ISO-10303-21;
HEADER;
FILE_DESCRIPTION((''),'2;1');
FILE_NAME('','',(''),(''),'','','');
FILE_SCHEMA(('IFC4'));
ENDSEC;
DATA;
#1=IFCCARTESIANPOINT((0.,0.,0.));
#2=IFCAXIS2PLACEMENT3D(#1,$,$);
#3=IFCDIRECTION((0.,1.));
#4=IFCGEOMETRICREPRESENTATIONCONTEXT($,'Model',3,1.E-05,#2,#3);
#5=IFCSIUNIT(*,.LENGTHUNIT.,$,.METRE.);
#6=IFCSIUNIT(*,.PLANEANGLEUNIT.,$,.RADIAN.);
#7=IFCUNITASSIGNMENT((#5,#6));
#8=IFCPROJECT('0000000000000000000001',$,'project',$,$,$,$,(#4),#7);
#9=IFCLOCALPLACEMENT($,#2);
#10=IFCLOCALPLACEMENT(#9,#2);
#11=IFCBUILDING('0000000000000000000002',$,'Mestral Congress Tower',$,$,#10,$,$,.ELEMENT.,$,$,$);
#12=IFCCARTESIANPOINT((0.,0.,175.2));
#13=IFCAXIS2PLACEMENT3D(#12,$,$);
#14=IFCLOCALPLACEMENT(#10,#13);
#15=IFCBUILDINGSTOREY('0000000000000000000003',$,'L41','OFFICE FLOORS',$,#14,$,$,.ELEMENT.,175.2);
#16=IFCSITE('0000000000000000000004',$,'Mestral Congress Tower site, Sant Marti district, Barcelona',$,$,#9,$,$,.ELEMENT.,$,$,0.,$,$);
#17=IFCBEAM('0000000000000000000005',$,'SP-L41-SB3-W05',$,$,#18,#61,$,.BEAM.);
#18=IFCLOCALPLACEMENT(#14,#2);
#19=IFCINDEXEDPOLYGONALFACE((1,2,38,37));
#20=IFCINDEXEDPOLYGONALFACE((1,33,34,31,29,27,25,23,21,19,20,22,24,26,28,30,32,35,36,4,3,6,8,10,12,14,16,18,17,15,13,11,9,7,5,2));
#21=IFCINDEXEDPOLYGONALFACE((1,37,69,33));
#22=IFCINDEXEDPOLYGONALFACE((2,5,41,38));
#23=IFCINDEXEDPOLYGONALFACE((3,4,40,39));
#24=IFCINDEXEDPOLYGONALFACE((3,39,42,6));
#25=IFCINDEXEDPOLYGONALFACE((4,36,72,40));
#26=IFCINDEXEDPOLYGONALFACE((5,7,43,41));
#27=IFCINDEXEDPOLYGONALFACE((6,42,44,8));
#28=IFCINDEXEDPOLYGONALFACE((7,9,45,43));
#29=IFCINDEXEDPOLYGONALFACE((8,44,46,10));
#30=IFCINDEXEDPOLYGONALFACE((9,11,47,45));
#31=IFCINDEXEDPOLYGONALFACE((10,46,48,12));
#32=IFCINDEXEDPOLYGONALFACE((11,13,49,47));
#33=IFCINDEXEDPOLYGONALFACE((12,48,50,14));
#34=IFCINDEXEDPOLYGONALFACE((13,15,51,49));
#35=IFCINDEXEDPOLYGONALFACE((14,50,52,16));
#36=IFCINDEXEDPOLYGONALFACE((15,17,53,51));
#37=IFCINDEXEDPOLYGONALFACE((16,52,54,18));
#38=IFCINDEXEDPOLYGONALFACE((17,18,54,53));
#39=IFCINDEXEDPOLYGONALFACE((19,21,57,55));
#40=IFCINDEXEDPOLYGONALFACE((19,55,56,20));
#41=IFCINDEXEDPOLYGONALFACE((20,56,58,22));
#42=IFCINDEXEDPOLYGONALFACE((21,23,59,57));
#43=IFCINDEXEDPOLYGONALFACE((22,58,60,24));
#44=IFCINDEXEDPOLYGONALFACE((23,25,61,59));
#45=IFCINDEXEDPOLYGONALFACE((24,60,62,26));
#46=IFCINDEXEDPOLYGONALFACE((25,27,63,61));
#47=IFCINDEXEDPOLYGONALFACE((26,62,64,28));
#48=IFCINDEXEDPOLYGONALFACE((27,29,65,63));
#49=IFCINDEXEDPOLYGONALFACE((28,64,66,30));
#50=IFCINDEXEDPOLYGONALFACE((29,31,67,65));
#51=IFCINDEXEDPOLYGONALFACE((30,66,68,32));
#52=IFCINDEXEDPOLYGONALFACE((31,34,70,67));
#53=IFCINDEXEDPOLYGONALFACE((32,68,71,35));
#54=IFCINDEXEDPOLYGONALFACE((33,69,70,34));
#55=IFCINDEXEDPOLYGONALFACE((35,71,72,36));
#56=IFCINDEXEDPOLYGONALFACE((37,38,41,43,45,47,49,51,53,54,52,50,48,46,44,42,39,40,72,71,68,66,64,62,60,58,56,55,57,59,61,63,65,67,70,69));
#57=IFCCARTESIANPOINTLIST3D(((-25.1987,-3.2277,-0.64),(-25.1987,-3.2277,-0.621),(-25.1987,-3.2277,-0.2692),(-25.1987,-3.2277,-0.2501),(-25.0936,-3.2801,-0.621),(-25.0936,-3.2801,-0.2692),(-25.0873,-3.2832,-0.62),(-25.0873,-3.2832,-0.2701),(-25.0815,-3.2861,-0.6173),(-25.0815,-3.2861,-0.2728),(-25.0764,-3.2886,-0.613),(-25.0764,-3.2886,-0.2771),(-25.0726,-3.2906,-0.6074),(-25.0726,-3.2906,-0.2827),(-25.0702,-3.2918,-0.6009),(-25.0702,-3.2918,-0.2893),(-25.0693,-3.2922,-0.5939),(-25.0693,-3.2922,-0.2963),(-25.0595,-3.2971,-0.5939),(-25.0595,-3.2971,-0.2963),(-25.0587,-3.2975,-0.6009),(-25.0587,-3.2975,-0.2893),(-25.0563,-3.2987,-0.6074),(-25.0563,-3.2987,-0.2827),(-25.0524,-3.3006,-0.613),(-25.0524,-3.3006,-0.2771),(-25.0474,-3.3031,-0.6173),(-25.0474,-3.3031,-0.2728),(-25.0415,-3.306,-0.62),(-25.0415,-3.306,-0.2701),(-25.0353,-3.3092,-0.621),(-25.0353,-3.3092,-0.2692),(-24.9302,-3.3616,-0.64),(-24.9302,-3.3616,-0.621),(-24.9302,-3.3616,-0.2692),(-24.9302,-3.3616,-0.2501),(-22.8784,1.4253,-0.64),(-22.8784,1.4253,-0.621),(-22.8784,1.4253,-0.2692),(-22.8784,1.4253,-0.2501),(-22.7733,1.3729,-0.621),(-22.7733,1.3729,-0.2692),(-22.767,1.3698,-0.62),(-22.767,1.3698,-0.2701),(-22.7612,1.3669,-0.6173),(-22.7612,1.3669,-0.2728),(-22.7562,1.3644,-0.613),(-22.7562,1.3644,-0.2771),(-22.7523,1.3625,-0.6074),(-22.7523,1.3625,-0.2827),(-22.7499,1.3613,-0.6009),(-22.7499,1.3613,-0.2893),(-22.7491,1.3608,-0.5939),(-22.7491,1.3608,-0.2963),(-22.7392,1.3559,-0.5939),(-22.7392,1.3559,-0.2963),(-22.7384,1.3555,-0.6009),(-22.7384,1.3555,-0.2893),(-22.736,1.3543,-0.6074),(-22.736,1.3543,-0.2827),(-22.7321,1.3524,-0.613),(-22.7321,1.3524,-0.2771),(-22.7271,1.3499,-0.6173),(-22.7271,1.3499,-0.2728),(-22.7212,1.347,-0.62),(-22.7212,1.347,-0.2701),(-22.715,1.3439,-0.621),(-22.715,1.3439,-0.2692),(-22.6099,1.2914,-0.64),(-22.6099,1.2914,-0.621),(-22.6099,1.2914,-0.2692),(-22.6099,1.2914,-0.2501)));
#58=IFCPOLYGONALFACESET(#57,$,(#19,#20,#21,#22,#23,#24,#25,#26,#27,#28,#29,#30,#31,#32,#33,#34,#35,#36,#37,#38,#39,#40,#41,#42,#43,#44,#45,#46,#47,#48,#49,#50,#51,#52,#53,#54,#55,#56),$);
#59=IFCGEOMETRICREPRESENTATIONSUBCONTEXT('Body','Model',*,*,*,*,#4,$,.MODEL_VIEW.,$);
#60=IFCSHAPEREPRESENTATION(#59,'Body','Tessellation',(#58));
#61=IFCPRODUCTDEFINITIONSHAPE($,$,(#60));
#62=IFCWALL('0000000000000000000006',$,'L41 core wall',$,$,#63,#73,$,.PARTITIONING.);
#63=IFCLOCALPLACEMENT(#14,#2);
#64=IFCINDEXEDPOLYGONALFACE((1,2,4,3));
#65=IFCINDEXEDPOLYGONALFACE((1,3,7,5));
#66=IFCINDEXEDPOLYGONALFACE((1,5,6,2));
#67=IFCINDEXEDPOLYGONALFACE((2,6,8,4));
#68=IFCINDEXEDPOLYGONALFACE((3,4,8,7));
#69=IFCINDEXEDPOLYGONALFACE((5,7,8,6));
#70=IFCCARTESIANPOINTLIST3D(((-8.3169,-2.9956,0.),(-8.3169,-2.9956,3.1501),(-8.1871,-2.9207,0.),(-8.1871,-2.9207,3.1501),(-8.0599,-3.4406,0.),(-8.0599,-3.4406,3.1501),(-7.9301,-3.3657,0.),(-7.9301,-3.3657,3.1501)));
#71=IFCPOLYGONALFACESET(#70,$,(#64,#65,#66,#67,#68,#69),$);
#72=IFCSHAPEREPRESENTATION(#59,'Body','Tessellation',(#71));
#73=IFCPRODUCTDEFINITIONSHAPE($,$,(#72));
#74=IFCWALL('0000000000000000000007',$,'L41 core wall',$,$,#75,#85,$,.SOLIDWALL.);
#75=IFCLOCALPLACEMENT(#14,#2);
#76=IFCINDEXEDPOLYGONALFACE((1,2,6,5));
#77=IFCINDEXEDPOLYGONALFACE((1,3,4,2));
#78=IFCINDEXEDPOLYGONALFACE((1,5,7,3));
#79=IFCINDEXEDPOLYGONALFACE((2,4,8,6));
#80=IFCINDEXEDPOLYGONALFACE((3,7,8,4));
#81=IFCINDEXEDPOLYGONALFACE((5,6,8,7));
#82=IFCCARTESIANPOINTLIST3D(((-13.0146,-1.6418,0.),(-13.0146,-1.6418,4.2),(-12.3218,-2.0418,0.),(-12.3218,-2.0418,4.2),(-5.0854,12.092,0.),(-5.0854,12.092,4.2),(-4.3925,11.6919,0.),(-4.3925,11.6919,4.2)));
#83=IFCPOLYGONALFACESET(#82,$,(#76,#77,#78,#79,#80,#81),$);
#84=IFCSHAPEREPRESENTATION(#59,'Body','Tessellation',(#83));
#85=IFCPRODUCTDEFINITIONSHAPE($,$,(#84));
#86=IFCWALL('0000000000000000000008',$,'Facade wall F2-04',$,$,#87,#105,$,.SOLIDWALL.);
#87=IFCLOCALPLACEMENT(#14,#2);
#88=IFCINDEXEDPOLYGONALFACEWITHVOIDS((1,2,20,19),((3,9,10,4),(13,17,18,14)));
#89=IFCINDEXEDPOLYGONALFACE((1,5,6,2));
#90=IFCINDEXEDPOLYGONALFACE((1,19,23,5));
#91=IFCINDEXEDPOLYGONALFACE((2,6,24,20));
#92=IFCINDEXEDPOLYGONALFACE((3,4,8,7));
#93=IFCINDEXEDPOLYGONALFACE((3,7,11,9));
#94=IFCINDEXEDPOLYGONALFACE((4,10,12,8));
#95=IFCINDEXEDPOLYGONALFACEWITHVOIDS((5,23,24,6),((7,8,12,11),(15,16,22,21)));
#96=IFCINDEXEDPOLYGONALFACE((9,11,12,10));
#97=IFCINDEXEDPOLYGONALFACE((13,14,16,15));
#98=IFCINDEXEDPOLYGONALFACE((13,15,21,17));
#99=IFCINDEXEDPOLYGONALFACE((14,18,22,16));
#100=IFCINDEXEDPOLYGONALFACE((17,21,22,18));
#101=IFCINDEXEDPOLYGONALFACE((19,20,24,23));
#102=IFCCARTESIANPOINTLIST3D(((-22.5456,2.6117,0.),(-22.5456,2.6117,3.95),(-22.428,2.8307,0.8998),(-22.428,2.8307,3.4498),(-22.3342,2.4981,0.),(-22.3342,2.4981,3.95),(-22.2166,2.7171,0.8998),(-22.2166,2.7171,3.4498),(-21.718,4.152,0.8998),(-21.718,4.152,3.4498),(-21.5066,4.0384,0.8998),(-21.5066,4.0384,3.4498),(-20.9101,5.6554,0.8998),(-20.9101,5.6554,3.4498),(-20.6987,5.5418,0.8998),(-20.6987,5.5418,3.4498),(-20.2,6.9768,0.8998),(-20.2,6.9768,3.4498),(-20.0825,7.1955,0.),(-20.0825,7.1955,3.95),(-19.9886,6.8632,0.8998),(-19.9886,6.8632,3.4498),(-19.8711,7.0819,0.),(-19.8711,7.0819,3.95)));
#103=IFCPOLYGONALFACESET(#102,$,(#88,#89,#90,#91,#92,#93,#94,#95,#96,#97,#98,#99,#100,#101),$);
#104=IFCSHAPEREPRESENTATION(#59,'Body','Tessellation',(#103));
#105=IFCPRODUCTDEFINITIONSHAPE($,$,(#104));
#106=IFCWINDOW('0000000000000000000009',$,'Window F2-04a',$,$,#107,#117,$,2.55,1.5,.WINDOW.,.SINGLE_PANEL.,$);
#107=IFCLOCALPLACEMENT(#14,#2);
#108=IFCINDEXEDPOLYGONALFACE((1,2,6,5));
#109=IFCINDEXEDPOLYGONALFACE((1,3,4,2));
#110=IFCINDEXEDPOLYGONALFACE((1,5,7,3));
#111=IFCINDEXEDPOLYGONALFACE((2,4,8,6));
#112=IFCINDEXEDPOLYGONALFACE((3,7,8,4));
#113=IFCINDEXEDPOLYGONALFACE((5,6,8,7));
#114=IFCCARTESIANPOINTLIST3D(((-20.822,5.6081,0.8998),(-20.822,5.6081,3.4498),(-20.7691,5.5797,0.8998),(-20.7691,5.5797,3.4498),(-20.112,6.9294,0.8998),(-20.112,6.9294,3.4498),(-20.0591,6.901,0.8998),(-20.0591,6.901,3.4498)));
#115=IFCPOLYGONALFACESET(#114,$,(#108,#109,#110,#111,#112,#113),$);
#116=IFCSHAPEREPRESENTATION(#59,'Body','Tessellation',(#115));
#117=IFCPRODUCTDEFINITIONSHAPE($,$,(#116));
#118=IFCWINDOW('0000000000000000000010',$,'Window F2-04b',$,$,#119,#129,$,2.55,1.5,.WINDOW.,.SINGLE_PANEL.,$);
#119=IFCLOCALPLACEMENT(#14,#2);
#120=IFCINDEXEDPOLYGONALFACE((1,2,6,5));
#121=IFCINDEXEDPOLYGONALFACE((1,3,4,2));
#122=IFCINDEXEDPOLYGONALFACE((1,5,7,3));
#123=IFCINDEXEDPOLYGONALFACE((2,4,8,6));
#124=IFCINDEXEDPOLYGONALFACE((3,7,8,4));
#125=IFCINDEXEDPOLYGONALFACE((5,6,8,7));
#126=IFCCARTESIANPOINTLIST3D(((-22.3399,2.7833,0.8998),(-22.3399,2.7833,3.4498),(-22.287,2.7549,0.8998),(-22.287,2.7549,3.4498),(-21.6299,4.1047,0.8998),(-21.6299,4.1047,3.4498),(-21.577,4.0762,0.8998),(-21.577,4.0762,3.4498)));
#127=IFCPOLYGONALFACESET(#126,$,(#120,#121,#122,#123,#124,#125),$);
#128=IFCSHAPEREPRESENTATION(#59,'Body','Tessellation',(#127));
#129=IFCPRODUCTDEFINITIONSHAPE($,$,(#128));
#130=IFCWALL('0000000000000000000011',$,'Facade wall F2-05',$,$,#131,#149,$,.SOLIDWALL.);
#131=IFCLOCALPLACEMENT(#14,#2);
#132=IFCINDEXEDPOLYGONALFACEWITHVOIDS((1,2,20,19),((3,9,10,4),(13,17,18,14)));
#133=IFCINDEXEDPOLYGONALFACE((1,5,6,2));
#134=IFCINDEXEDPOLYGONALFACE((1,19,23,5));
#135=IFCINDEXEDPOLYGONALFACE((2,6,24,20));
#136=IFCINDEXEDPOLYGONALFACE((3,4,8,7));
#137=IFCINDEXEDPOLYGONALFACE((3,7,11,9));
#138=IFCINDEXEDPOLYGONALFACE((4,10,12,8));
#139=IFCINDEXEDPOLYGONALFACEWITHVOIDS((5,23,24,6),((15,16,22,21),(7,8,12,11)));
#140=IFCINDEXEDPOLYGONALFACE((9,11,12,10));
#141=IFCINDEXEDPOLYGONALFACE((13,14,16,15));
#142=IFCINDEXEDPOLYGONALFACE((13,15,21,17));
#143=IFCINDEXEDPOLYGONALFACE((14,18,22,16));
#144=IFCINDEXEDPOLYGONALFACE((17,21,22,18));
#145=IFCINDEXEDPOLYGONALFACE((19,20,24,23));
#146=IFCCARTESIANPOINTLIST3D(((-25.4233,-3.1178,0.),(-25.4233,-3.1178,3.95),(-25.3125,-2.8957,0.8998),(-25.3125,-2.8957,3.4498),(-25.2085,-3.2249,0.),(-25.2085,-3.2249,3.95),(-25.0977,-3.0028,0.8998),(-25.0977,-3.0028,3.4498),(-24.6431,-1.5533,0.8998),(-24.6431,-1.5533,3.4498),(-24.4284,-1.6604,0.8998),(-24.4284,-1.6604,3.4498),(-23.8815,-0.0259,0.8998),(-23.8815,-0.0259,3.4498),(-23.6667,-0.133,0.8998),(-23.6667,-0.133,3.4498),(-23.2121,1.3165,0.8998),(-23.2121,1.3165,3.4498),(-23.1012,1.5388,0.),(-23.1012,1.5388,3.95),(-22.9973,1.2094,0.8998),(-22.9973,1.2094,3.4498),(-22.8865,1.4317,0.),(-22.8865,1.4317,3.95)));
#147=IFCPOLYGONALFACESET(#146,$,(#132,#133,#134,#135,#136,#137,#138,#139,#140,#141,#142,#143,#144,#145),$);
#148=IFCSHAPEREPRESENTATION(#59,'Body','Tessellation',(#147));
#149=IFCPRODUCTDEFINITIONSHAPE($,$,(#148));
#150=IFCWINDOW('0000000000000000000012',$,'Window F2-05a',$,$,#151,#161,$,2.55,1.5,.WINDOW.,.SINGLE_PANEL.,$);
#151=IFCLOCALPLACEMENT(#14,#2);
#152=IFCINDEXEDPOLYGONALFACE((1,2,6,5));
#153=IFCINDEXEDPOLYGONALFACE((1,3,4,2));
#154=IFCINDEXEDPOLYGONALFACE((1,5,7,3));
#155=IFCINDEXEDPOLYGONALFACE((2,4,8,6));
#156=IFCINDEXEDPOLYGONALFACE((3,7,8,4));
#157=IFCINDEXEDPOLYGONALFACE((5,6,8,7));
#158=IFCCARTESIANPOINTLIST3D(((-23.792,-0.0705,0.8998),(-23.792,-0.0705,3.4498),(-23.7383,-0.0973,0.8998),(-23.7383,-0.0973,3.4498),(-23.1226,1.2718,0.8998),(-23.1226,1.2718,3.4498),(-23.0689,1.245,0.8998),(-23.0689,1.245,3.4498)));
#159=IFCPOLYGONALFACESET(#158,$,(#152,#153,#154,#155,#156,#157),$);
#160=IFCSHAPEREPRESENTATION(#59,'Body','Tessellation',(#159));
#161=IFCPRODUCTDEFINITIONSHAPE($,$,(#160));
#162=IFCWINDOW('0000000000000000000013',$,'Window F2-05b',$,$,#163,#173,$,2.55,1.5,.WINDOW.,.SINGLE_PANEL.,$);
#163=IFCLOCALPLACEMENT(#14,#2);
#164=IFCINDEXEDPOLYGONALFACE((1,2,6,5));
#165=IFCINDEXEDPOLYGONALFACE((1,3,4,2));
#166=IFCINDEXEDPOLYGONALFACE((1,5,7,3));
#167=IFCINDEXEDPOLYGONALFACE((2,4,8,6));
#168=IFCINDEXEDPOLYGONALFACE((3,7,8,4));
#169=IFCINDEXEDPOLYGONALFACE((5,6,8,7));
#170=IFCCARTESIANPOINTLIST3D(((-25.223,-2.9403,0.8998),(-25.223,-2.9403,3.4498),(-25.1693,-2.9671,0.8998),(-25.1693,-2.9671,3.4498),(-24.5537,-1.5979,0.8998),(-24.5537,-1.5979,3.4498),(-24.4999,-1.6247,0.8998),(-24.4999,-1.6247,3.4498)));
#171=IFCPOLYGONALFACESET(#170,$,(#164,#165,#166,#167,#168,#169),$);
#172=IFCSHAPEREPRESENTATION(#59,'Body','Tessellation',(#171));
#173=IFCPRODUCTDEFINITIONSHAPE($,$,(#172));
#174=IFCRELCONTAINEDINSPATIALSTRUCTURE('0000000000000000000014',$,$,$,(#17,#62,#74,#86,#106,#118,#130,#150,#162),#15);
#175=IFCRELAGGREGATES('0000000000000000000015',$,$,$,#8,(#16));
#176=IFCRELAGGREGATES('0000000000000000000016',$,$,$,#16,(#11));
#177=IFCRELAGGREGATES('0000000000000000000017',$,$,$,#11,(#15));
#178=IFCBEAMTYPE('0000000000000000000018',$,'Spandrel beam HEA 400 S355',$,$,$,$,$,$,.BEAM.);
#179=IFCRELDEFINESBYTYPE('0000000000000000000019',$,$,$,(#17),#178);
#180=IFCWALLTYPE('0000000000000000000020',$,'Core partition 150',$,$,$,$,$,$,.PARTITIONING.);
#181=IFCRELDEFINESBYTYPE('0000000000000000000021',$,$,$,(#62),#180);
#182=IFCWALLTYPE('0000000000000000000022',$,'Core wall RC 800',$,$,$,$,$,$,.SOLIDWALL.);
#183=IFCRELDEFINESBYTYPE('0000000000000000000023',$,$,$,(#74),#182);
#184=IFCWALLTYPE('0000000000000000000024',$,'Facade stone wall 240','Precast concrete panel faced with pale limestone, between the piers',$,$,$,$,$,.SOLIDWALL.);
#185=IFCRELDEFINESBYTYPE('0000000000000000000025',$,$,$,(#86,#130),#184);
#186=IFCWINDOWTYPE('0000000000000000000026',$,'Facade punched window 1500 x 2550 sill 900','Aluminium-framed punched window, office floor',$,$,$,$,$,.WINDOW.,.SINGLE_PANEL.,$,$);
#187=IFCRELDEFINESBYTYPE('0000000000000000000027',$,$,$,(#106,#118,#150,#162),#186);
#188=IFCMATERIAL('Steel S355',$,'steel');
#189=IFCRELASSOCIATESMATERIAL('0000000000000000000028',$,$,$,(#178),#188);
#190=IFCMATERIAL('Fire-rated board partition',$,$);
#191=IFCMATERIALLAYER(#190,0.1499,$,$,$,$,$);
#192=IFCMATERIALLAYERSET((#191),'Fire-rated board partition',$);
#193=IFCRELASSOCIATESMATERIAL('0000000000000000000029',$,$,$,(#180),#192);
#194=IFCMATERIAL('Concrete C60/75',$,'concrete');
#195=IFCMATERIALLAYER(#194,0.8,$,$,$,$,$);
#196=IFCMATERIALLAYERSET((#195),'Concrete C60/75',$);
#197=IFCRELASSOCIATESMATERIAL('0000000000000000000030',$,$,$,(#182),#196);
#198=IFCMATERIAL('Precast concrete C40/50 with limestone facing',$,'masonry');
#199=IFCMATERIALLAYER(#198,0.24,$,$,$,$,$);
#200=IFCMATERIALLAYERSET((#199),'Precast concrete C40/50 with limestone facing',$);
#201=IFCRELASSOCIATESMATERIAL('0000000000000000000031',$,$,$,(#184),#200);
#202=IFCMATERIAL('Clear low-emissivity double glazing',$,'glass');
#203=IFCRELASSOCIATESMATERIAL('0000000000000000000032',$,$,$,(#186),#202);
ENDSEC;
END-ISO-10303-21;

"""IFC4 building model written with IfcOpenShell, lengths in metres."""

from ifc_helpers import new_model, si_unit, direction, frame, frame_2d, origin, origin_2d, place, context, subcontext, project, spatial, rectangle, i_section, extrude, material, layer, layer_set, material_profile, profile_set, type_object, element, fill, save


model = new_model("IFC4")

# Units and contexts
model_context = context("Model", 3, precision=1e-05, world=origin(), true_north=direction((0.0, 1.0)))
body_context = subcontext(model_context, "Body", "Model", "MODEL_VIEW")
ifc_project = project(units=[si_unit("LENGTHUNIT", "METRE"), si_unit("PLANEANGLEUNIT", "RADIAN")], contexts=[model_context])

# Site, building, storey
site_placement = place(None, origin())
site = spatial("IfcSite", under=ifc_project, at=site_placement, Name="Mestral Congress Tower site, Sant Marti district, Barcelona", CompositionType="ELEMENT", RefElevation=0.0)
building_placement = place(site_placement, origin())
building = spatial("IfcBuilding", under=site, at=building_placement, Name="Mestral Congress Tower", CompositionType="ELEMENT")
storey_placement = place(building_placement, frame((0.0, 0.0, 175.2)))
storey = spatial("IfcBuildingStorey", under=building, at=storey_placement, Name="L41", Description="OFFICE FLOORS", CompositionType="ELEMENT", Elevation=175.2)

# Shared definitions
ifc_material_1 = material(Name="Concrete C60/75", Category="concrete")

# Beam
ifc_material_2 = material(Name="Steel S355", Category="steel")
ifc_material_profile_1 = material_profile(ifc_material_2, i_section(OverallWidth=0.3, OverallDepth=0.3899, WebThickness=0.011, FlangeThickness=0.019, FilletRadius=0.0271, at=origin_2d()), Name="HEA 400")
ifc_profile_set_1 = profile_set([ifc_material_profile_1], Name="Steel S355")
beam_type_1 = type_object("IfcBeamType", Name="Spandrel beam HEA 400 S355", PredefinedType="BEAM", material=ifc_profile_set_1)
beam_1_placement = place(storey_placement, frame((-22.7441, 1.3584, -0.4451), z_axis=(-0.446255, -0.894906, 0.0), x_axis=(0.894906, -0.446255, 0.0)))
element("IfcBeam", 1, at=beam_1_placement, inside=storey, type_object=beam_type_1, Name="SP-L41-SB3-W05", PredefinedType="BEAM", context=body_context, shape_type="SweptSolid", body=[
    extrude(i_section(OverallWidth=0.3, OverallDepth=0.3899, WebThickness=0.011, FlangeThickness=0.019, FilletRadius=0.0271, at=origin_2d()), origin(), (0.0, 0.0, 1.0), 5.1995),
])

# Walls
ifc_material_3 = material(Name="Fire-rated board partition")
ifc_layer_1 = layer(ifc_material_3, 0.1499)
ifc_layer_set_1 = layer_set([ifc_layer_1], Name="Fire-rated board partition")
wall_type_1 = type_object("IfcWallType", Name="Core partition 150", PredefinedType="PARTITIONING", material=ifc_layer_set_1)
wall_1_placement = place(storey_placement, frame((-8.252, -2.9583, 0.0), z_axis=(0.0, 0.0, 1.0), x_axis=(0.500175, -0.865925, 0.0)))
element("IfcWall", 2, at=wall_1_placement, inside=storey, type_object=wall_type_1, Name="L41 core wall", PredefinedType="PARTITIONING", context=body_context, shape_type="SweptSolid", body=[
    extrude(rectangle(XDim=0.5139, YDim=0.1499, at=frame_2d((0.2568, 0.0))), origin(), (0.0, 0.0, 1.0), 3.1501),
])
ifc_layer_2 = layer(ifc_material_1, 0.8)
ifc_layer_set_2 = layer_set([ifc_layer_2], Name="Concrete C60/75")
wall_type_2 = type_object("IfcWallType", Name="Core wall RC 800", PredefinedType="SOLIDWALL", material=ifc_layer_set_2)
wall_2_placement = place(storey_placement, frame((-12.6682, -1.8418, 0.0), z_axis=(0.0, 0.0, 1.0), x_axis=(0.500004, 0.866023, 0.0)))
element("IfcWall", 3, at=wall_2_placement, inside=storey, type_object=wall_type_2, Name="L41 core wall", PredefinedType="SOLIDWALL", context=body_context, shape_type="SweptSolid", body=[
    extrude(rectangle(XDim=15.8584, YDim=0.8, at=frame_2d((7.9292, 0.0))), origin(), (0.0, 0.0, 1.0), 4.2),
])

# Walls, openings, windows
ifc_material_4 = material(Name="Precast concrete C40/50 with limestone facing", Category="masonry")
ifc_layer_3 = layer(ifc_material_4, 0.24)
ifc_layer_set_3 = layer_set([ifc_layer_3], Name="Precast concrete C40/50 with limestone facing")
wall_type_3 = type_object("IfcWallType", Name="Facade stone wall 240", Description="Precast concrete panel faced with pale limestone, between the piers", PredefinedType="SOLIDWALL", material=ifc_layer_set_3)
wall_3_placement = place(storey_placement, frame((-19.9768, 7.1387, 0.0), z_axis=(0.0, 0.0, 1.0), x_axis=(-0.47335, -0.880875, 0.0)))
wall_3 = element("IfcWall", 4, at=wall_3_placement, inside=storey, type_object=wall_type_3, Name="Facade wall F2-04", PredefinedType="SOLIDWALL", context=body_context, shape_type="SweptSolid", body=[
    extrude(rectangle(XDim=5.2036, YDim=0.24, at=frame_2d((2.6018, 0.0))), origin(), (0.0, 0.0, 1.0), 3.95),
])
opening_1_placement = place(wall_3_placement, frame((0.2483, 0.0, 0.8999)))
opening_1 = element("IfcOpeningElement", 5, at=opening_1_placement, cuts=wall_3, PredefinedType="OPENING", context=body_context, shape_type="SweptSolid", body=[
    extrude(rectangle(XDim=1.5, YDim=2.55, at=frame_2d((0.75, 1.2749))), frame((0.0, 0.1299, 0.0), z_axis=(0.0, -1.0, 0.0), x_axis=(1.0, 0.0, 0.0)), (0.0, 0.0, 1.0), 0.26),
])
opening_2_placement = place(wall_3_placement, frame((3.4551, 0.0, 0.8999)))
opening_2 = element("IfcOpeningElement", 6, at=opening_2_placement, cuts=wall_3, PredefinedType="OPENING", context=body_context, shape_type="SweptSolid", body=[
    extrude(rectangle(XDim=1.5, YDim=2.55, at=frame_2d((0.75, 1.2749))), frame((0.0, 0.1299, 0.0), z_axis=(0.0, -1.0, 0.0), x_axis=(1.0, 0.0, 0.0)), (0.0, 0.0, 1.0), 0.26),
])
ifc_material_5 = material(Name="Clear low-emissivity double glazing", Category="glass")
window_type = type_object("IfcWindowType", Name="Facade punched window 1500 x 2550 sill 900", Description="Aluminium-framed punched window, office floor", PartitioningType="SINGLE_PANEL", PredefinedType="WINDOW", material=ifc_material_5)
window_1_placement = place(opening_1_placement, origin())
window_1 = element("IfcWindow", 7, at=window_1_placement, inside=storey, type_object=window_type, Name="Window F2-04a", OverallHeight=2.55, OverallWidth=1.5, PartitioningType="SINGLE_PANEL", PredefinedType="WINDOW", context=body_context, shape_type="SweptSolid", body=[
    extrude(rectangle(XDim=1.5, YDim=2.55, at=frame_2d((0.75, 1.2749))), frame((0.0, 0.04, 0.0), z_axis=(0.0, -1.0, 0.0), x_axis=(1.0, 0.0, 0.0)), (0.0, 0.0, 1.0), 0.0601),
])
fill(opening_1, window_1)
window_2_placement = place(opening_2_placement, origin())
window_2 = element("IfcWindow", 8, at=window_2_placement, inside=storey, type_object=window_type, Name="Window F2-04b", OverallHeight=2.55, OverallWidth=1.5, PartitioningType="SINGLE_PANEL", PredefinedType="WINDOW", context=body_context, shape_type="SweptSolid", body=[
    extrude(rectangle(XDim=1.5, YDim=2.55, at=frame_2d((0.75, 1.2749))), frame((0.0, 0.04, 0.0), z_axis=(0.0, -1.0, 0.0), x_axis=(1.0, 0.0, 0.0)), (0.0, 0.0, 1.0), 0.0601),
])
fill(opening_2, window_2)
wall_4_placement = place(storey_placement, frame((-22.9939, 1.4851, 0.0), z_axis=(0.0, 0.0, 1.0), x_axis=(-0.446256, -0.894905, 0.0)))
wall_4 = element("IfcWall", 9, at=wall_4_placement, inside=storey, type_object=wall_type_3, Name="Facade wall F2-05", PredefinedType="SOLIDWALL", context=body_context, shape_type="SweptSolid", body=[
    extrude(rectangle(XDim=5.2034, YDim=0.24, at=frame_2d((2.6016, 0.0))), origin(), (0.0, 0.0, 1.0), 3.95),
])
opening_3_placement = place(wall_4_placement, frame((0.2483, 0.0, 0.8999)))
opening_3 = element("IfcOpeningElement", 10, at=opening_3_placement, cuts=wall_4, PredefinedType="OPENING", context=body_context, shape_type="SweptSolid", body=[
    extrude(rectangle(XDim=1.5, YDim=2.55, at=frame_2d((0.75, 1.2749))), frame((0.0, 0.1299, 0.0), z_axis=(0.0, -1.0, 0.0), x_axis=(1.0, 0.0, 0.0)), (0.0, 0.0, 1.0), 0.26),
])
opening_4_placement = place(wall_4_placement, frame((3.4551, 0.0, 0.8999)))
opening_4 = element("IfcOpeningElement", 11, at=opening_4_placement, cuts=wall_4, PredefinedType="OPENING", context=body_context, shape_type="SweptSolid", body=[
    extrude(rectangle(XDim=1.5, YDim=2.55, at=frame_2d((0.75, 1.2749))), frame((0.0, 0.1299, 0.0), z_axis=(0.0, -1.0, 0.0), x_axis=(1.0, 0.0, 0.0)), (0.0, 0.0, 1.0), 0.26),
])
window_3_placement = place(opening_3_placement, origin())
window_3 = element("IfcWindow", 12, at=window_3_placement, inside=storey, type_object=window_type, Name="Window F2-05a", OverallHeight=2.55, OverallWidth=1.5, PartitioningType="SINGLE_PANEL", PredefinedType="WINDOW", context=body_context, shape_type="SweptSolid", body=[
    extrude(rectangle(XDim=1.5, YDim=2.55, at=frame_2d((0.75, 1.2749))), frame((0.0, 0.04, 0.0), z_axis=(0.0, -1.0, 0.0), x_axis=(1.0, 0.0, 0.0)), (0.0, 0.0, 1.0), 0.0601),
])
fill(opening_3, window_3)
window_4_placement = place(opening_4_placement, origin())
window_4 = element("IfcWindow", 13, at=window_4_placement, inside=storey, type_object=window_type, Name="Window F2-05b", OverallHeight=2.55, OverallWidth=1.5, PartitioningType="SINGLE_PANEL", PredefinedType="WINDOW", context=body_context, shape_type="SweptSolid", body=[
    extrude(rectangle(XDim=1.5, YDim=2.55, at=frame_2d((0.75, 1.2749))), frame((0.0, 0.04, 0.0), z_axis=(0.0, -1.0, 0.0), x_axis=(1.0, 0.0, 0.0)), (0.0, 0.0, 1.0), 0.0601),
])
fill(opening_4, window_4)

save(model, "model.ifc")
